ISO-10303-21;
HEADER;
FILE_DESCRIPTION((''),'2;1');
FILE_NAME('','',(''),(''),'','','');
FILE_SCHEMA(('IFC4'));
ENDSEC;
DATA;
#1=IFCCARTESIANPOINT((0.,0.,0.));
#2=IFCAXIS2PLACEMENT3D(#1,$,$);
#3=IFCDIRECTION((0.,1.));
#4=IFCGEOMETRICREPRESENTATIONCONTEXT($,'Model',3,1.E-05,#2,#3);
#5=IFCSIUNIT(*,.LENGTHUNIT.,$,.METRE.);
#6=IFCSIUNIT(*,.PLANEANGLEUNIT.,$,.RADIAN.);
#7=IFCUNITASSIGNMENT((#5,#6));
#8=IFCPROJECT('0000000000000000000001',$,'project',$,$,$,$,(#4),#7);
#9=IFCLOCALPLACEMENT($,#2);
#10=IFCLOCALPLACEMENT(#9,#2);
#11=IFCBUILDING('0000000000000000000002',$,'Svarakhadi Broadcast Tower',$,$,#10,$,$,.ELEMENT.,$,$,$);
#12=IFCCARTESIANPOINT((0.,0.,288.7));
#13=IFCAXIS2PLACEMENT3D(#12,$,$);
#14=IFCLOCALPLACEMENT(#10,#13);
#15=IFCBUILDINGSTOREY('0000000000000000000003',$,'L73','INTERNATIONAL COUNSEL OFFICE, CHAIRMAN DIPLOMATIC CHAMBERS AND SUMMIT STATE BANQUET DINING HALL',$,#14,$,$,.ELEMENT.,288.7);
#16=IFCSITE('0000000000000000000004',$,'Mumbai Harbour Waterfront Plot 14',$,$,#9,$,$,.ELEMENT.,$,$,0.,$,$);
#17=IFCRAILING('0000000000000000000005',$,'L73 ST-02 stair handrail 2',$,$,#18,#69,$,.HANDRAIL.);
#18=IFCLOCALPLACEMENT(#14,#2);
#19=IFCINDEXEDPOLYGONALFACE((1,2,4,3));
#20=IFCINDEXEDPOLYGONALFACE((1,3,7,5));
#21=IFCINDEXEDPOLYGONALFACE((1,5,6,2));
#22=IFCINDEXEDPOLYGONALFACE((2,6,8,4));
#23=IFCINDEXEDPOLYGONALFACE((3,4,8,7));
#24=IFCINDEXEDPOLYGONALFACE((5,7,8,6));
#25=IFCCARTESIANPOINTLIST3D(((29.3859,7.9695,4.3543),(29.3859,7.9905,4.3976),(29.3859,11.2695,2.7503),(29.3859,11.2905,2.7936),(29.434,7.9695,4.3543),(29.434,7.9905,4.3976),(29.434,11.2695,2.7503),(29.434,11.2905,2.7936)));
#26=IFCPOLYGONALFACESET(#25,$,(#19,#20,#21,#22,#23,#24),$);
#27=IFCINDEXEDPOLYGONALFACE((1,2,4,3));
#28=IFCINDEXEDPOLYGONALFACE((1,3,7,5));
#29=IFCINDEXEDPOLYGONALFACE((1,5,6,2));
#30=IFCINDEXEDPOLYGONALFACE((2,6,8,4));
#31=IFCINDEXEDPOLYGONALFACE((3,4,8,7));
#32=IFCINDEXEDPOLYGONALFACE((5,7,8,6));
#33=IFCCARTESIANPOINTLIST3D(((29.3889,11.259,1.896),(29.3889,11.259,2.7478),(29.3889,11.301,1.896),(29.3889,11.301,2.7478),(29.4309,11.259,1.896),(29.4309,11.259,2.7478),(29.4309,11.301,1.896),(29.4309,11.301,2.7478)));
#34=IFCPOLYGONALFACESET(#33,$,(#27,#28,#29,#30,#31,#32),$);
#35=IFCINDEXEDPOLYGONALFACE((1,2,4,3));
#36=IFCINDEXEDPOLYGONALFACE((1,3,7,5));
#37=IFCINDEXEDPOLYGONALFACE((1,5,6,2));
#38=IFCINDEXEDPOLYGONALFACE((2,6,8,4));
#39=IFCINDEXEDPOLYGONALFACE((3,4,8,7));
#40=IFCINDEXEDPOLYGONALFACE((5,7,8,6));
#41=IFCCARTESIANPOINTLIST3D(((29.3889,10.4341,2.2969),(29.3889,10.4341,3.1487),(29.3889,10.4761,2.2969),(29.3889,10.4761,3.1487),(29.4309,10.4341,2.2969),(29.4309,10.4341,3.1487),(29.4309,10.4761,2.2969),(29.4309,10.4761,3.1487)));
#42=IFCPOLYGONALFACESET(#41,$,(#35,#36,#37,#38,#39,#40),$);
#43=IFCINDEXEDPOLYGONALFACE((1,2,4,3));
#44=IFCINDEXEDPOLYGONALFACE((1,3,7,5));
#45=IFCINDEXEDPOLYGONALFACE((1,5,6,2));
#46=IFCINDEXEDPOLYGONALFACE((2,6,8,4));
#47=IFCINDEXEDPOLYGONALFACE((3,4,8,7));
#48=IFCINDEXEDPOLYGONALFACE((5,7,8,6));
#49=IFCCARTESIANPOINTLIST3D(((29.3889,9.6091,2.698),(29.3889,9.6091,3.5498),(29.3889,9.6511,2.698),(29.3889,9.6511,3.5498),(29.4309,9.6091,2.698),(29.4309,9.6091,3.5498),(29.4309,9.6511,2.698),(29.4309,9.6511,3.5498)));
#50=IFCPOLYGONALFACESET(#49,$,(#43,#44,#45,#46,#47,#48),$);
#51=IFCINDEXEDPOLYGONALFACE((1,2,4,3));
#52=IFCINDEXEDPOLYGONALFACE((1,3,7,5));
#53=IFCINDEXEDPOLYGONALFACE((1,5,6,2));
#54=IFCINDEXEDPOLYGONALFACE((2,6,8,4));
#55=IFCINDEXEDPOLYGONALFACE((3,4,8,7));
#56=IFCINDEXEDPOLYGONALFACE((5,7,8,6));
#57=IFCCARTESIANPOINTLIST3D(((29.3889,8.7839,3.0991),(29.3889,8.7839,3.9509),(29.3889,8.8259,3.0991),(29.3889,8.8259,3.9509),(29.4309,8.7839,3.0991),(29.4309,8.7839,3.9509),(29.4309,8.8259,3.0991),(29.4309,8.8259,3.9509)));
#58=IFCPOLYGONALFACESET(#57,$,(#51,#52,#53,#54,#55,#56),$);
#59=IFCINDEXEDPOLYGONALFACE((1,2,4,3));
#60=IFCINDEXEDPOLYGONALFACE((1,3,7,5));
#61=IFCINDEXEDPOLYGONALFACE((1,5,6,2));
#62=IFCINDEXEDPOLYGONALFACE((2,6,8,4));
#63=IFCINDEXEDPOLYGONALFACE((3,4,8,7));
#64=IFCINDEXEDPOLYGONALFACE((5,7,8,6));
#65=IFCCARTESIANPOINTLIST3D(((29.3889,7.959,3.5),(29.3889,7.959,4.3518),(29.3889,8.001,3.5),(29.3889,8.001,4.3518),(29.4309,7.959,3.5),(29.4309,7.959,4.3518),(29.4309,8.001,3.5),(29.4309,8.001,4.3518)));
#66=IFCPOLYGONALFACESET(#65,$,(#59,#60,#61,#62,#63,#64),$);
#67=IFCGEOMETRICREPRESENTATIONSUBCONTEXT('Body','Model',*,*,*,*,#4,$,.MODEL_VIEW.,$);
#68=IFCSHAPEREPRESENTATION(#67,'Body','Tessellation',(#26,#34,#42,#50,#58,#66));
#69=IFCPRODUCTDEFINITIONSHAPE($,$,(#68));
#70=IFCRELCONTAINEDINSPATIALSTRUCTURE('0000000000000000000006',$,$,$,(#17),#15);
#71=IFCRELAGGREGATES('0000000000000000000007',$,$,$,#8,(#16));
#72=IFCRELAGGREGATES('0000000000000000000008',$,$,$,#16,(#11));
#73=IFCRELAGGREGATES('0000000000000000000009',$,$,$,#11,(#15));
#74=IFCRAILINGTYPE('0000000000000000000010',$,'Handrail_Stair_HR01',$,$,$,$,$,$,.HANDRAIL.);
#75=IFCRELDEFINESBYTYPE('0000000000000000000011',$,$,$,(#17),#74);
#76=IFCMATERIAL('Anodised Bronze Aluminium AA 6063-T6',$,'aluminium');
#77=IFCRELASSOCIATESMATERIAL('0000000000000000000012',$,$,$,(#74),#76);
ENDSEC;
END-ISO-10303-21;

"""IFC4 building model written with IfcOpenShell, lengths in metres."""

from ifc_helpers import new_model, si_unit, direction, frame, origin, origin_2d, place, context, subcontext, project, spatial, rectangle, extrude, material, type_object, element, save


model = new_model("IFC4")

# Units and contexts
model_context = context("Model", 3, precision=1e-05, world=origin(), true_north=direction((0.0, 1.0)))
body_context = subcontext(model_context, "Body", "Model", "MODEL_VIEW")
ifc_project = project(units=[si_unit("LENGTHUNIT", "METRE"), si_unit("PLANEANGLEUNIT", "RADIAN")], contexts=[model_context])

# Site, building, storey
site_placement = place(None, origin())
site = spatial("IfcSite", under=ifc_project, at=site_placement, Name="Mumbai Harbour Waterfront Plot 14", CompositionType="ELEMENT", RefElevation=0.0)
building_placement = place(site_placement, origin())
building = spatial("IfcBuilding", under=site, at=building_placement, Name="Svarakhadi Broadcast Tower", CompositionType="ELEMENT")
storey_placement = place(building_placement, frame((0.0, 0.0, 288.7)))
storey = spatial("IfcBuildingStorey", under=building, at=storey_placement, Name="L73", Description="INTERNATIONAL COUNSEL OFFICE, CHAIRMAN DIPLOMATIC CHAMBERS AND SUMMIT STATE BANQUET DINING HALL", CompositionType="ELEMENT", Elevation=288.7)

# Shared definitions
ifc_material_1 = material(Name="Anodised Bronze Aluminium AA 6063-T6", Category="aluminium")

# Railing
railing_type_1 = type_object("IfcRailingType", Name="Handrail_Stair_HR01", PredefinedType="HANDRAIL", material=ifc_material_1)
railing_1_placement = place(storey_placement, frame((29.4099, 11.28, 1.896)))
element("IfcRailing", 1, at=railing_1_placement, inside=storey, type_object=railing_type_1, Name="L73 ST-02 stair handrail 2", PredefinedType="HANDRAIL", context=body_context, shape_type="SweptSolid", body=[
    extrude(rectangle(XDim=0.0481, YDim=0.0481, at=origin_2d()), frame((0.0, 0.0, 0.876), z_axis=(0.0, -0.899388, 0.437152), x_axis=(1.0, 0.0, 0.0)), (0.0, 0.0, 1.0), 3.6692),
    extrude(rectangle(XDim=0.042, YDim=0.042, at=origin_2d()), origin(), (0.0, 0.0, 1.0), 0.8518),
    extrude(rectangle(XDim=0.042, YDim=0.042, at=origin_2d()), frame((0.0, -0.825, 0.4009)), (0.0, 0.0, 1.0), 0.8518),
    extrude(rectangle(XDim=0.042, YDim=0.042, at=origin_2d()), frame((0.0, -1.6499, 0.802)), (0.0, 0.0, 1.0), 0.8518),
    extrude(rectangle(XDim=0.042, YDim=0.042, at=origin_2d()), frame((0.0, -2.4751, 1.2031)), (0.0, 0.0, 1.0), 0.8518),
    extrude(rectangle(XDim=0.042, YDim=0.042, at=origin_2d()), frame((0.0, -3.3, 1.604)), (0.0, 0.0, 1.0), 0.8518),
])

save(model, "model.ifc")
